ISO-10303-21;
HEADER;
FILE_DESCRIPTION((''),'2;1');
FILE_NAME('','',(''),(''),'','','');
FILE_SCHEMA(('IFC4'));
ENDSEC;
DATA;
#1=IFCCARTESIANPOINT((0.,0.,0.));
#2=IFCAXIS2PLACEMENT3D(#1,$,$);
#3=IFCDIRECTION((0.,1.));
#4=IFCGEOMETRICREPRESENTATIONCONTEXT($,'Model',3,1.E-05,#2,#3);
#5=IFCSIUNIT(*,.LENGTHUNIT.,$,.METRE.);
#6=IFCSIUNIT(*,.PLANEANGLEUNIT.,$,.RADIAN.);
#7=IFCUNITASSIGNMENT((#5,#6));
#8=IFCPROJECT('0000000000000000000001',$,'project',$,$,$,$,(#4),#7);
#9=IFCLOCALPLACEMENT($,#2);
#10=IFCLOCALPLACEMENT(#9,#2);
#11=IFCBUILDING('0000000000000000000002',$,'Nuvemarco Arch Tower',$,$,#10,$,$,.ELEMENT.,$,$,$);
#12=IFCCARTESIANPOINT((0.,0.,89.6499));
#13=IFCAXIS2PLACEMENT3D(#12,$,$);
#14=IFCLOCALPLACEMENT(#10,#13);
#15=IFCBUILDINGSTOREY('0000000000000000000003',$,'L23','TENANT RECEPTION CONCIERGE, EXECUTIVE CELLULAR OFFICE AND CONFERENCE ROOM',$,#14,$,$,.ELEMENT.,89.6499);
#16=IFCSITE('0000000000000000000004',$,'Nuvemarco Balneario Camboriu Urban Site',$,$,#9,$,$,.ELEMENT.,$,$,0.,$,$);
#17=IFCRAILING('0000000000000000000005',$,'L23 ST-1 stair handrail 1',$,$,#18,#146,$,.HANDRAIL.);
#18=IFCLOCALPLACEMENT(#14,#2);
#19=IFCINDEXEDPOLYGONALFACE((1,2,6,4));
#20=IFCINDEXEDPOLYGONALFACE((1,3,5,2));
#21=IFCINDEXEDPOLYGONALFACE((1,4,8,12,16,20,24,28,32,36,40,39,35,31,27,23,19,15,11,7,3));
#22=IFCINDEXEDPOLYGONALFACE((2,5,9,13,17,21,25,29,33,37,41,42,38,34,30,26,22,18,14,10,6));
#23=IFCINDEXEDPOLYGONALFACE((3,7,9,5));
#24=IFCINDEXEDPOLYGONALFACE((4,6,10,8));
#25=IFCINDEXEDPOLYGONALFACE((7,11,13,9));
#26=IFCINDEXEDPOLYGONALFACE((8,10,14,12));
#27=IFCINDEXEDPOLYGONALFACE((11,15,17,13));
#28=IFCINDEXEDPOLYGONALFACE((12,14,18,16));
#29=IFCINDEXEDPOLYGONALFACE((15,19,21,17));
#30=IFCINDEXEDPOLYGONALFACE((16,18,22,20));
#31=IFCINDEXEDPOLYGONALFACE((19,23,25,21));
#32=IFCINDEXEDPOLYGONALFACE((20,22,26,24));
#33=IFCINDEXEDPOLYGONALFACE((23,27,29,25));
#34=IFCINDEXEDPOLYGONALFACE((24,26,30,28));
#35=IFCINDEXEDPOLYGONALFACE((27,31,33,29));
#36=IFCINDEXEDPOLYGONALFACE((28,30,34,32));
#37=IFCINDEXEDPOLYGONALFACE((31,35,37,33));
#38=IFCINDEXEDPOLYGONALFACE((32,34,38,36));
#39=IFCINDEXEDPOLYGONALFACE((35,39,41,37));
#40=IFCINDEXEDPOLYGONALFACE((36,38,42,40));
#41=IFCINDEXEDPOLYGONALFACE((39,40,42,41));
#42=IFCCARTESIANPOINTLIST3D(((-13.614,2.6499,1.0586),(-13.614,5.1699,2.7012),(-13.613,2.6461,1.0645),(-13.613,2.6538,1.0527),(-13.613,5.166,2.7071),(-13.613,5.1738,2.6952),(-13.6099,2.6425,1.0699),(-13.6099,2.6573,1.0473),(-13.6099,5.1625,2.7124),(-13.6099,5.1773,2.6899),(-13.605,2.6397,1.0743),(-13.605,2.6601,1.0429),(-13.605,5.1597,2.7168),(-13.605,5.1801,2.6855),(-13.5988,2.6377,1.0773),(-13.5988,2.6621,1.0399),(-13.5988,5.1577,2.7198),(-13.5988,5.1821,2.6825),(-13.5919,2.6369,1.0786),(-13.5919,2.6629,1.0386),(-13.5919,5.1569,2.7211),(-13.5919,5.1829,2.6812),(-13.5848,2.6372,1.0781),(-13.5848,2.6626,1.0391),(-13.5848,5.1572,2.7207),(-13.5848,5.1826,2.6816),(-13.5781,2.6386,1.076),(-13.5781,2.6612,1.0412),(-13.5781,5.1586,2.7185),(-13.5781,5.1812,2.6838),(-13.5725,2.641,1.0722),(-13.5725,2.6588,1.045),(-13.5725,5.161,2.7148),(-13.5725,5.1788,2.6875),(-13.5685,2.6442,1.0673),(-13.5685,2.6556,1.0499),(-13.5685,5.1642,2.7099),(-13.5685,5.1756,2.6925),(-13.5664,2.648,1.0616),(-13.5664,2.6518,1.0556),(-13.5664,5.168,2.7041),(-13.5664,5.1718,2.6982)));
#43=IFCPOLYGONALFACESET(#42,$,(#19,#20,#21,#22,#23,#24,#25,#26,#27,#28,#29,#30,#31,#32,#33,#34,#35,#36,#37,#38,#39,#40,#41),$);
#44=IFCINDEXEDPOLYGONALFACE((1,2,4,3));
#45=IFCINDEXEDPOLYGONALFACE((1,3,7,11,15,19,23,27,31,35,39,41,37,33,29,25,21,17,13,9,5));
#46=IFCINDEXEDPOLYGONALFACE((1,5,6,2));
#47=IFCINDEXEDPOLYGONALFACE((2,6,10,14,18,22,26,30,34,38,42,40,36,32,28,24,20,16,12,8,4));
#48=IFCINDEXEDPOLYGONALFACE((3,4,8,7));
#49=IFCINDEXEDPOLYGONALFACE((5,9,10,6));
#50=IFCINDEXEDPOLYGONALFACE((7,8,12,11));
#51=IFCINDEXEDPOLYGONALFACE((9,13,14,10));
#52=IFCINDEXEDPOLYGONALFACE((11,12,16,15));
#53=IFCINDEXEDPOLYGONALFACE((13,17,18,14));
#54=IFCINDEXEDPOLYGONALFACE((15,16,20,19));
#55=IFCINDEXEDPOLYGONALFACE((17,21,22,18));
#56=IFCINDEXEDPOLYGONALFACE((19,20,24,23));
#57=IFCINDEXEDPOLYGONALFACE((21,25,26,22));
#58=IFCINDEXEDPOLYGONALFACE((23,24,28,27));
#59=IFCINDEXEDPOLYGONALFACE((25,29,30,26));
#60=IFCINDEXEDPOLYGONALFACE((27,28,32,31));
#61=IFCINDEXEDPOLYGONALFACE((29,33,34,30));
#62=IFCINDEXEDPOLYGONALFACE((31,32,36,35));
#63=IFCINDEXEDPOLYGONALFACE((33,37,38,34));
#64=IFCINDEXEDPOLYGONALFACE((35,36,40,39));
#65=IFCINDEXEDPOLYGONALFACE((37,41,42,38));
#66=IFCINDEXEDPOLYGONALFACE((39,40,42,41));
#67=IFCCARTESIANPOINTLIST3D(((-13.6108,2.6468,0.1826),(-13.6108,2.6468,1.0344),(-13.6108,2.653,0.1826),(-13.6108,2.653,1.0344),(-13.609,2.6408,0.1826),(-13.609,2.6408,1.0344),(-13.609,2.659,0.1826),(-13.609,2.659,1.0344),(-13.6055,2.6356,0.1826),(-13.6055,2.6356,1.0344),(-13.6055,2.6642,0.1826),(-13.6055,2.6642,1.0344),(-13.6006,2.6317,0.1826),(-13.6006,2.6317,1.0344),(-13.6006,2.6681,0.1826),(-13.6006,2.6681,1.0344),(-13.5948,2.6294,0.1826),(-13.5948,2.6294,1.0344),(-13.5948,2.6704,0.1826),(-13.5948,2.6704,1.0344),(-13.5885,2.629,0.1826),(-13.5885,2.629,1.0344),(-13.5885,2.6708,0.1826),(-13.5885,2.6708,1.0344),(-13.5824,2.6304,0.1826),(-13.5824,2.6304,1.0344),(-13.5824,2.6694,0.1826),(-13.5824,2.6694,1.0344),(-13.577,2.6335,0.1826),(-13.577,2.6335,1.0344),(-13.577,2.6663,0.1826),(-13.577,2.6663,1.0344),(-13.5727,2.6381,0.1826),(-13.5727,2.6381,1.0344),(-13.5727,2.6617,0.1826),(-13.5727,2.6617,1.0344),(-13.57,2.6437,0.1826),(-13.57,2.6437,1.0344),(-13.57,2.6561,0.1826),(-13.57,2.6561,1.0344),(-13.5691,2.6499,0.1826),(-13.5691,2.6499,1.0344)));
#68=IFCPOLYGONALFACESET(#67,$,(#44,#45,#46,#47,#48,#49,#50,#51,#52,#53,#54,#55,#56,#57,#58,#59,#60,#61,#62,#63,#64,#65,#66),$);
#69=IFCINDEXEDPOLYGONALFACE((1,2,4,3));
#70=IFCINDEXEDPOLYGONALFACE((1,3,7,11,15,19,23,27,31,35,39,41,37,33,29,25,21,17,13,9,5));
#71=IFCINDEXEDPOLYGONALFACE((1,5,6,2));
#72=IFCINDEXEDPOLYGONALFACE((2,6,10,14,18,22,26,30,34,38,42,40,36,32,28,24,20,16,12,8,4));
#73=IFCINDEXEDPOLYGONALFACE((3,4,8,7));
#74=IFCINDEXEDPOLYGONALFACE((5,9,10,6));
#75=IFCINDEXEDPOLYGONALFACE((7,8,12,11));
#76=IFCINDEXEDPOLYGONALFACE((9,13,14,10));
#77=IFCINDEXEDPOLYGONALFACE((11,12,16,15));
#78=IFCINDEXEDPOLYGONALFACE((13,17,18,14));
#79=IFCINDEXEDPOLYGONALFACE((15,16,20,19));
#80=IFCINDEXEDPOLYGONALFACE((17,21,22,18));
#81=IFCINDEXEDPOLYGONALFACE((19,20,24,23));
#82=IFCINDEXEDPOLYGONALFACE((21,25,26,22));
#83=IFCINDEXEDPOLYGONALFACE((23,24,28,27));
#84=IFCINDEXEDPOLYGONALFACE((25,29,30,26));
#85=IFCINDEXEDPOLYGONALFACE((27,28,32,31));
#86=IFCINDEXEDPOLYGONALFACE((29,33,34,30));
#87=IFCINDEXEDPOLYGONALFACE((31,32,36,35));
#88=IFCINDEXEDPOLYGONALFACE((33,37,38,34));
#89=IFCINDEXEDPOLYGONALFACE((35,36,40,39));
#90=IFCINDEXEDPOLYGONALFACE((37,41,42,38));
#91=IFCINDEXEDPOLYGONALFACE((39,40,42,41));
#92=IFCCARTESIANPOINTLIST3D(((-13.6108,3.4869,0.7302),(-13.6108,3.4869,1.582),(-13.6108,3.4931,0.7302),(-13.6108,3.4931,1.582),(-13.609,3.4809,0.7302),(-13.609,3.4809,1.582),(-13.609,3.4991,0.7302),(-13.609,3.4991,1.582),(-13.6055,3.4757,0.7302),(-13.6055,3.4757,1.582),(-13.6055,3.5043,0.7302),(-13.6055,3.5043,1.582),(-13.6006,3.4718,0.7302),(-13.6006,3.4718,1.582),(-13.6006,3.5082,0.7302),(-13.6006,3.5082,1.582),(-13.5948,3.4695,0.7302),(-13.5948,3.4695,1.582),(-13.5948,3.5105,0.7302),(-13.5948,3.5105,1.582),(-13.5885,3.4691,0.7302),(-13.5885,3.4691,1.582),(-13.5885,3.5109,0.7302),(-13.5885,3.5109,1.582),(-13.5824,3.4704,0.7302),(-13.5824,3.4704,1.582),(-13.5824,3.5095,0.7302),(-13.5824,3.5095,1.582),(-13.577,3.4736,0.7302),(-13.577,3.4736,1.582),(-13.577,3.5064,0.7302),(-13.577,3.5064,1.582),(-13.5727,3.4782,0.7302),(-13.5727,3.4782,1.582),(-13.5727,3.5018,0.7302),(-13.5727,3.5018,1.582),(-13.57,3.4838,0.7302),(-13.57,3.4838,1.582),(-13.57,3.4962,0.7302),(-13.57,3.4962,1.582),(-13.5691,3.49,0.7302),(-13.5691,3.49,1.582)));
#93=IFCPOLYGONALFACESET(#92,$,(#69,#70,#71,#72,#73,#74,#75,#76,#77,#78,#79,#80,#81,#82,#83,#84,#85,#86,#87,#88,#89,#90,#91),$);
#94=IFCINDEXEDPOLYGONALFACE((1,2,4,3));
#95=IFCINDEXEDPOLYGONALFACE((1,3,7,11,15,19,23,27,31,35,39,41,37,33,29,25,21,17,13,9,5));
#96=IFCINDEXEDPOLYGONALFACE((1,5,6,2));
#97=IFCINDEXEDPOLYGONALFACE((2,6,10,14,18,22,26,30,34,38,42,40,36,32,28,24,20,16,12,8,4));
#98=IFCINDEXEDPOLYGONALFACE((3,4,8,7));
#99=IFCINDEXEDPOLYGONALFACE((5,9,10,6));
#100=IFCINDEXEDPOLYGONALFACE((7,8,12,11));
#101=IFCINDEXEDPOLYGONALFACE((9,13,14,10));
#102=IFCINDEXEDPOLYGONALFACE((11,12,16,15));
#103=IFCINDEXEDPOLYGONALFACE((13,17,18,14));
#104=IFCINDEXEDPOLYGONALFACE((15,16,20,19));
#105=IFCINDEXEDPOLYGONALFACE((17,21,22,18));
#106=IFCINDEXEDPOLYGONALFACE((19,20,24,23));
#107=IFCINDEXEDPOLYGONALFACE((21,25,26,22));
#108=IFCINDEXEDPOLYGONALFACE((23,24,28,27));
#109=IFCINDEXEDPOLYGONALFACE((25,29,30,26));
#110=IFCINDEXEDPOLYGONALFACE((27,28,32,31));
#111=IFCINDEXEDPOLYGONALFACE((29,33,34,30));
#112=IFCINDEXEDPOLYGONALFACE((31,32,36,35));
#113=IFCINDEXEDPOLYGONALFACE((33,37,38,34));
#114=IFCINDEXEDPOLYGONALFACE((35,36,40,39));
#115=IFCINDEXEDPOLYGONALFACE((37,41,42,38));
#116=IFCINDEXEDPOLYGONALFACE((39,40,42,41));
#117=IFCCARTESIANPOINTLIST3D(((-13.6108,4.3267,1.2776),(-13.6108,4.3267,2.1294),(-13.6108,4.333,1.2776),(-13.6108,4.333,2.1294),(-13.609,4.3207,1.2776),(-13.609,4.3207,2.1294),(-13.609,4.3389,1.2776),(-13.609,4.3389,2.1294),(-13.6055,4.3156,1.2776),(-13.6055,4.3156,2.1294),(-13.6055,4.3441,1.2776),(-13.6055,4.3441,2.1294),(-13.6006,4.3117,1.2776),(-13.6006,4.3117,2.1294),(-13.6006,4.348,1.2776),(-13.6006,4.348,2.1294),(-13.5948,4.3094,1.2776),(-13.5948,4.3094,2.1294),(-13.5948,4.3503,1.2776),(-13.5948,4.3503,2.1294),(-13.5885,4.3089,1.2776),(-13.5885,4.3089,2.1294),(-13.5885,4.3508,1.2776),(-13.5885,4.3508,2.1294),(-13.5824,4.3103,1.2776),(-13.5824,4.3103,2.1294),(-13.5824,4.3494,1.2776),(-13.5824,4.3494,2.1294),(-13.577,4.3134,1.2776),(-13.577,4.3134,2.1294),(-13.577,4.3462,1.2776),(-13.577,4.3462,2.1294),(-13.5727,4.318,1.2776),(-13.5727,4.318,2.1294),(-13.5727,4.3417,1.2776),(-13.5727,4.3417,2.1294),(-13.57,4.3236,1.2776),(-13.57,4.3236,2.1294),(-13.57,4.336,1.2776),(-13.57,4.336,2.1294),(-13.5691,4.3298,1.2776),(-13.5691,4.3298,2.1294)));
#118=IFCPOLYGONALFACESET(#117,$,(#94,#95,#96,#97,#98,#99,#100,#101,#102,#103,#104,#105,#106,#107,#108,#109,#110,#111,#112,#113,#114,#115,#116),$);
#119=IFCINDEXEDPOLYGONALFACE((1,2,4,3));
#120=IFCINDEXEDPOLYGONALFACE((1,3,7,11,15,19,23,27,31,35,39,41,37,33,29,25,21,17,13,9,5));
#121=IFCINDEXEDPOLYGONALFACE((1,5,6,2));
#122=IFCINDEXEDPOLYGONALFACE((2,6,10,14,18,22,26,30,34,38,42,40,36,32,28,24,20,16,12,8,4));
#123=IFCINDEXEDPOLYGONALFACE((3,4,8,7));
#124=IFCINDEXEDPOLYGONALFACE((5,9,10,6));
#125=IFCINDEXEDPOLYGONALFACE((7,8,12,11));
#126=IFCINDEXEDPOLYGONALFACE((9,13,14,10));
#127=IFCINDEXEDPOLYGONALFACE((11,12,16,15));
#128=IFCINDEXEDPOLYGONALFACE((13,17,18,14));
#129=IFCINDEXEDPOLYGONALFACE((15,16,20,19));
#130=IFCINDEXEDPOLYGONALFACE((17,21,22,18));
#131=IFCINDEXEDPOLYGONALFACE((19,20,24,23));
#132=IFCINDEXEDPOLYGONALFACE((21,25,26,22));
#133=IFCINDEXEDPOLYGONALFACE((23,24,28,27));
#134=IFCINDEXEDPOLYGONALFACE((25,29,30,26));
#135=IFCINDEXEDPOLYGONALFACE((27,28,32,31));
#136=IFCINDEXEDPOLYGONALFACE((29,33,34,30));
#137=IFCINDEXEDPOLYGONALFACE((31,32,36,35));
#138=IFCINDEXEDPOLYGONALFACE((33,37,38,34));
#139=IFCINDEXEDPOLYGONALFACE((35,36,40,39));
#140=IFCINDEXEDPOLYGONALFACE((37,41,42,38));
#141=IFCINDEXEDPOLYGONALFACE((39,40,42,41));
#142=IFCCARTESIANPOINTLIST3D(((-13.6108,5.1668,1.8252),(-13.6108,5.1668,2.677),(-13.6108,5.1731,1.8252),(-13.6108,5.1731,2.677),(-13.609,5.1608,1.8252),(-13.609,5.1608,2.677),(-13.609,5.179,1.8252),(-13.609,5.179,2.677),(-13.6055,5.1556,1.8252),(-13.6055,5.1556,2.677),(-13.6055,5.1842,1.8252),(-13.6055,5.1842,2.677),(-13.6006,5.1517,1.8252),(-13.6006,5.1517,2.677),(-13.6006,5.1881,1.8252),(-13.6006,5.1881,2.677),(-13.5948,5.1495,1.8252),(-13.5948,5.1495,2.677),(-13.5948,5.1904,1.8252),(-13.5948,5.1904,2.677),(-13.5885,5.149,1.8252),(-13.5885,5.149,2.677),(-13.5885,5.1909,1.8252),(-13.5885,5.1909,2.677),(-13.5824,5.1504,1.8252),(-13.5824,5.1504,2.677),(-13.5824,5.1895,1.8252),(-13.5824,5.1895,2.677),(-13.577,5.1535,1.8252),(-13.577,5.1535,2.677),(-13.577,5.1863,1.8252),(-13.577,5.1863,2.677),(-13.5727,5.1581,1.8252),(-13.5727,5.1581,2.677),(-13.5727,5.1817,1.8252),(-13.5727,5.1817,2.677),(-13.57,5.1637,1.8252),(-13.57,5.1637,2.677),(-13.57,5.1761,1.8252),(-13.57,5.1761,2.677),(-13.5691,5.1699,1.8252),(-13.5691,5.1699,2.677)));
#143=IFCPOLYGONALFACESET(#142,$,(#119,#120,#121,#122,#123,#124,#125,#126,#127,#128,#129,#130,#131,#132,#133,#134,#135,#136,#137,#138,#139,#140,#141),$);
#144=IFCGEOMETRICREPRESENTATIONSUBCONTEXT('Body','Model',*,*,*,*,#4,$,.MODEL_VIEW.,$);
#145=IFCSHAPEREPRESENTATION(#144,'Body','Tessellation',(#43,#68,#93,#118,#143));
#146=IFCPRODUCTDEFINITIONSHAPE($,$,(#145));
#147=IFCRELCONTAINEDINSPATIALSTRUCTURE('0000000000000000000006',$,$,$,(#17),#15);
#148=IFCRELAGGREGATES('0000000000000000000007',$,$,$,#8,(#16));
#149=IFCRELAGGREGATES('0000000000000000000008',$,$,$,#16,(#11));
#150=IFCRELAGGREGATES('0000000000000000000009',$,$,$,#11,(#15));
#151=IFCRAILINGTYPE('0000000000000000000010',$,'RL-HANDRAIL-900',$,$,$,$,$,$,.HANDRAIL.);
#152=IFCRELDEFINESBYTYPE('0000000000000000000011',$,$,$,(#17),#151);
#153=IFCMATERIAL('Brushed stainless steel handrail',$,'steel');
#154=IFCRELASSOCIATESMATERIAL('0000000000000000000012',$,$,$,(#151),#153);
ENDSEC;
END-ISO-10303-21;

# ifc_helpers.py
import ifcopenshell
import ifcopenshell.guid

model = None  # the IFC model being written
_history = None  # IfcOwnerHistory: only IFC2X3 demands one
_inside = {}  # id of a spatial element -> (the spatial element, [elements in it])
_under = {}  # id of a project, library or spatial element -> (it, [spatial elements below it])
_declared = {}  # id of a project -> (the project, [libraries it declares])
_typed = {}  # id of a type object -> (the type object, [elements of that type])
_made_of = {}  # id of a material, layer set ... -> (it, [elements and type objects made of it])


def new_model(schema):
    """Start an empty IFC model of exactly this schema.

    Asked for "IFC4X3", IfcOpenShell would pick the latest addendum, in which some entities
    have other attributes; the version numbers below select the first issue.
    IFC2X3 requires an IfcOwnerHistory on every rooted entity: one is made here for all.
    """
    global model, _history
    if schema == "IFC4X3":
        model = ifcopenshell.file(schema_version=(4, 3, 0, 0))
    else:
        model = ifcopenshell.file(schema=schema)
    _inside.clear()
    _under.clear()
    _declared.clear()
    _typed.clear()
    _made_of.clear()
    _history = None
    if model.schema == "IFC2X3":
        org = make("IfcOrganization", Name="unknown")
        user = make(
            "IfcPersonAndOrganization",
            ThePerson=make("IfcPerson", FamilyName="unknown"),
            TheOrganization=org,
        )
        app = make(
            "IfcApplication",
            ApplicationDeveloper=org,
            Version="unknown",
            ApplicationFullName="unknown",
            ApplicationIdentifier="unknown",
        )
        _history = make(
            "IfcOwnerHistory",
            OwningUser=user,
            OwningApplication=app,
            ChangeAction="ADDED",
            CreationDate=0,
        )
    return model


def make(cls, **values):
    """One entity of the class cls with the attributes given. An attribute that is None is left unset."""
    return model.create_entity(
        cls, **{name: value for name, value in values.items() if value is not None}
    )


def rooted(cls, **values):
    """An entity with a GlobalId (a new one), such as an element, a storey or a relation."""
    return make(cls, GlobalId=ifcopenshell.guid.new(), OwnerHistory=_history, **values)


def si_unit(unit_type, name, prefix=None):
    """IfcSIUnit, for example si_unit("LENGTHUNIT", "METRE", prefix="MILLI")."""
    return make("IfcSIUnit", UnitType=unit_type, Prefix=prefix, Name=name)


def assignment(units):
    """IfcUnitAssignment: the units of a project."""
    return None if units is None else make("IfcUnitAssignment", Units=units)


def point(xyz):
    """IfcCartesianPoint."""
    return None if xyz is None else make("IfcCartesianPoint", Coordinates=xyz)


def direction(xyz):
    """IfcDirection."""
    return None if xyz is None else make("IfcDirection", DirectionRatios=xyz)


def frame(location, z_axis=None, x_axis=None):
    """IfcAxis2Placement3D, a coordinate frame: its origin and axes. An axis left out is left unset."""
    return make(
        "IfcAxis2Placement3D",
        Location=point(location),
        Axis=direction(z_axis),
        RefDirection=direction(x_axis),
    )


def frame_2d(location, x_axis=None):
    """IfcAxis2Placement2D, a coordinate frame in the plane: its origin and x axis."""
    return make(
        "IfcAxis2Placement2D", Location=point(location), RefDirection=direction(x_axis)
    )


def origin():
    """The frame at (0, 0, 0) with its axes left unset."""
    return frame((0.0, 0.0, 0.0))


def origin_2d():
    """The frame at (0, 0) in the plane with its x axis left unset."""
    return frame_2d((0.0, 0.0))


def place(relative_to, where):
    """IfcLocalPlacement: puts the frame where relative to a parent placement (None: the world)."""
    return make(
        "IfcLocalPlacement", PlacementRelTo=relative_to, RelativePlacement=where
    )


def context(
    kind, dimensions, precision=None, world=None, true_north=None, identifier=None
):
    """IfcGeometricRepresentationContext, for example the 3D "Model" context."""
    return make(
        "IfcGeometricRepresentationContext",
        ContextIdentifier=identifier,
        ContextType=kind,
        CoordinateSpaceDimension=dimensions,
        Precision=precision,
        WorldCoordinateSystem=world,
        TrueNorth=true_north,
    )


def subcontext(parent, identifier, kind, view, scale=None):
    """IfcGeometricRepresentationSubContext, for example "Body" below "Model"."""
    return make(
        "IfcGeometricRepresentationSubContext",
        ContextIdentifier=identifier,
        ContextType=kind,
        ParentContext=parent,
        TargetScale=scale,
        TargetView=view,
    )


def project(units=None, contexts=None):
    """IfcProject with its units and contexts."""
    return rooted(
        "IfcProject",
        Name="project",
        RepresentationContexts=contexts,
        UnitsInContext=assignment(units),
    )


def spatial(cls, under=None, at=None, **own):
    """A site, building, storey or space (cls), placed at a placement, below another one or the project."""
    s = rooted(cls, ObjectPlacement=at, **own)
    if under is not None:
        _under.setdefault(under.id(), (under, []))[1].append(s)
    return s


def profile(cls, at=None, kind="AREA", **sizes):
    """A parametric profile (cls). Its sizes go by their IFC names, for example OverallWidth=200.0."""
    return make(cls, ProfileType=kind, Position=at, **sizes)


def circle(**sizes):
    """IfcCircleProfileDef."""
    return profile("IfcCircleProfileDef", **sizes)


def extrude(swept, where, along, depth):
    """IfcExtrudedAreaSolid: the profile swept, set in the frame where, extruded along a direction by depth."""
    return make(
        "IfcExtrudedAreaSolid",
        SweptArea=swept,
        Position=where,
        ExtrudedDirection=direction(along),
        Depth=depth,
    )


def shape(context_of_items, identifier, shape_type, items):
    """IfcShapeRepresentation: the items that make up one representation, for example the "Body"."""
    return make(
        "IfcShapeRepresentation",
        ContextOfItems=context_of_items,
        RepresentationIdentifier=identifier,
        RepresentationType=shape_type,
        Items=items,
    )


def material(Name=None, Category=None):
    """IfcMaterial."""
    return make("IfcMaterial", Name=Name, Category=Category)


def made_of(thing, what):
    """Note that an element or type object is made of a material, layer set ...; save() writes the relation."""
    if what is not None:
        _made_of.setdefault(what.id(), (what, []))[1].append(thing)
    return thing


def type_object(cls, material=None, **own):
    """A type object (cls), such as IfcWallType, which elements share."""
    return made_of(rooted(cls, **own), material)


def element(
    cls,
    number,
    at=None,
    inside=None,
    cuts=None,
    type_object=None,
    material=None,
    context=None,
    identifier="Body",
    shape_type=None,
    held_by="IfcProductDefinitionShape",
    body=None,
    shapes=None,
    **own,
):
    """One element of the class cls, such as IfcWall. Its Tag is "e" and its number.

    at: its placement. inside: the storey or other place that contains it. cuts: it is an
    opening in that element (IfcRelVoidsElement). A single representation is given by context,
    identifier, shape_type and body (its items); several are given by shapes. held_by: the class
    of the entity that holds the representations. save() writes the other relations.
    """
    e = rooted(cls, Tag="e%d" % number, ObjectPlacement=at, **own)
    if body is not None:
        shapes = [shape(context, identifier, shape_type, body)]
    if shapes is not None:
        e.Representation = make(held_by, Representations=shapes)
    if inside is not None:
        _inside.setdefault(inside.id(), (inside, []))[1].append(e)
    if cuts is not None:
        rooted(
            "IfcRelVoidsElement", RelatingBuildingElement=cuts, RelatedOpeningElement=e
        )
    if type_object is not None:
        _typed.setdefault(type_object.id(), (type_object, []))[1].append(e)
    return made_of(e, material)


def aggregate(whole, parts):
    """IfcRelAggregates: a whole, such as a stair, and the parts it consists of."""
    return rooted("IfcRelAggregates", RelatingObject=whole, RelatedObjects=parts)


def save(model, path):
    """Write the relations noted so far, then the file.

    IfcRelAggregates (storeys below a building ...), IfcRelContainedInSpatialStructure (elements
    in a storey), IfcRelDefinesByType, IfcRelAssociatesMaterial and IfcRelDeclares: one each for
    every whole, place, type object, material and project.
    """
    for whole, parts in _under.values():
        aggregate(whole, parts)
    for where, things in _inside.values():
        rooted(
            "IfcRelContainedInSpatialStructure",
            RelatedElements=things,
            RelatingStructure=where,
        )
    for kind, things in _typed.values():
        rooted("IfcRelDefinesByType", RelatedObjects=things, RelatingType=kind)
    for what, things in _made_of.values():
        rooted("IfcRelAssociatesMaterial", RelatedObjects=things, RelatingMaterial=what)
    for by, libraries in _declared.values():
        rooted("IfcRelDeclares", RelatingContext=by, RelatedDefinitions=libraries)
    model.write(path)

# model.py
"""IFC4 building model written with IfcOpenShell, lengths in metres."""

from ifc_helpers import new_model, si_unit, direction, frame, origin, origin_2d, place, context, subcontext, project, spatial, circle, extrude, material, type_object, element, save


model = new_model("IFC4")

# Units and contexts
model_context = context("Model", 3, precision=1e-05, world=origin(), true_north=direction((0.0, 1.0)))
body_context = subcontext(model_context, "Body", "Model", "MODEL_VIEW")
ifc_project = project(units=[si_unit("LENGTHUNIT", "METRE"), si_unit("PLANEANGLEUNIT", "RADIAN")], contexts=[model_context])

# Site, building, storey
site_placement = place(None, origin())
site = spatial("IfcSite", under=ifc_project, at=site_placement, Name="Nuvemarco Balneario Camboriu Urban Site", CompositionType="ELEMENT", RefElevation=0.0)
building_placement = place(site_placement, origin())
building = spatial("IfcBuilding", under=site, at=building_placement, Name="Nuvemarco Arch Tower", CompositionType="ELEMENT")
storey_placement = place(building_placement, frame((0.0, 0.0, 89.6499)))
storey = spatial("IfcBuildingStorey", under=building, at=storey_placement, Name="L23", Description="TENANT RECEPTION CONCIERGE, EXECUTIVE CELLULAR OFFICE AND CONFERENCE ROOM", CompositionType="ELEMENT", Elevation=89.6499)

# Railing
ifc_material_1 = material(Name="Brushed stainless steel handrail", Category="steel")
railing_type_1 = type_object("IfcRailingType", Name="RL-HANDRAIL-900", PredefinedType="HANDRAIL", material=ifc_material_1)
railing_1_placement = place(storey_placement, frame((-13.5901, 2.6499, 0.1826)))
element("IfcRailing", 1, at=railing_1_placement, inside=storey, type_object=railing_type_1, Name="L23 ST-1 stair handrail 1", PredefinedType="HANDRAIL", context=body_context, shape_type="SweptSolid", body=[
    extrude(circle(Radius=0.0239, at=origin_2d()), frame((0.0, 0.0, 0.876), z_axis=(0.0, 0.837749, 0.546055), x_axis=(-1.0, 0.0, 0.0)), (0.0, 0.0, 1.0), 3.0081),
    extrude(circle(Radius=0.021, at=origin_2d()), origin(), (0.0, 0.0, 1.0), 0.8518),
    extrude(circle(Radius=0.021, at=origin_2d()), frame((0.0, 0.8401, 0.5476)), (0.0, 0.0, 1.0), 0.8518),
    extrude(circle(Radius=0.021, at=origin_2d()), frame((0.0, 1.6799, 1.095)), (0.0, 0.0, 1.0), 0.8518),
    extrude(circle(Radius=0.021, at=origin_2d()), frame((0.0, 2.52, 1.6426)), (0.0, 0.0, 1.0), 0.8518),
])

save(model, "model.ifc")
